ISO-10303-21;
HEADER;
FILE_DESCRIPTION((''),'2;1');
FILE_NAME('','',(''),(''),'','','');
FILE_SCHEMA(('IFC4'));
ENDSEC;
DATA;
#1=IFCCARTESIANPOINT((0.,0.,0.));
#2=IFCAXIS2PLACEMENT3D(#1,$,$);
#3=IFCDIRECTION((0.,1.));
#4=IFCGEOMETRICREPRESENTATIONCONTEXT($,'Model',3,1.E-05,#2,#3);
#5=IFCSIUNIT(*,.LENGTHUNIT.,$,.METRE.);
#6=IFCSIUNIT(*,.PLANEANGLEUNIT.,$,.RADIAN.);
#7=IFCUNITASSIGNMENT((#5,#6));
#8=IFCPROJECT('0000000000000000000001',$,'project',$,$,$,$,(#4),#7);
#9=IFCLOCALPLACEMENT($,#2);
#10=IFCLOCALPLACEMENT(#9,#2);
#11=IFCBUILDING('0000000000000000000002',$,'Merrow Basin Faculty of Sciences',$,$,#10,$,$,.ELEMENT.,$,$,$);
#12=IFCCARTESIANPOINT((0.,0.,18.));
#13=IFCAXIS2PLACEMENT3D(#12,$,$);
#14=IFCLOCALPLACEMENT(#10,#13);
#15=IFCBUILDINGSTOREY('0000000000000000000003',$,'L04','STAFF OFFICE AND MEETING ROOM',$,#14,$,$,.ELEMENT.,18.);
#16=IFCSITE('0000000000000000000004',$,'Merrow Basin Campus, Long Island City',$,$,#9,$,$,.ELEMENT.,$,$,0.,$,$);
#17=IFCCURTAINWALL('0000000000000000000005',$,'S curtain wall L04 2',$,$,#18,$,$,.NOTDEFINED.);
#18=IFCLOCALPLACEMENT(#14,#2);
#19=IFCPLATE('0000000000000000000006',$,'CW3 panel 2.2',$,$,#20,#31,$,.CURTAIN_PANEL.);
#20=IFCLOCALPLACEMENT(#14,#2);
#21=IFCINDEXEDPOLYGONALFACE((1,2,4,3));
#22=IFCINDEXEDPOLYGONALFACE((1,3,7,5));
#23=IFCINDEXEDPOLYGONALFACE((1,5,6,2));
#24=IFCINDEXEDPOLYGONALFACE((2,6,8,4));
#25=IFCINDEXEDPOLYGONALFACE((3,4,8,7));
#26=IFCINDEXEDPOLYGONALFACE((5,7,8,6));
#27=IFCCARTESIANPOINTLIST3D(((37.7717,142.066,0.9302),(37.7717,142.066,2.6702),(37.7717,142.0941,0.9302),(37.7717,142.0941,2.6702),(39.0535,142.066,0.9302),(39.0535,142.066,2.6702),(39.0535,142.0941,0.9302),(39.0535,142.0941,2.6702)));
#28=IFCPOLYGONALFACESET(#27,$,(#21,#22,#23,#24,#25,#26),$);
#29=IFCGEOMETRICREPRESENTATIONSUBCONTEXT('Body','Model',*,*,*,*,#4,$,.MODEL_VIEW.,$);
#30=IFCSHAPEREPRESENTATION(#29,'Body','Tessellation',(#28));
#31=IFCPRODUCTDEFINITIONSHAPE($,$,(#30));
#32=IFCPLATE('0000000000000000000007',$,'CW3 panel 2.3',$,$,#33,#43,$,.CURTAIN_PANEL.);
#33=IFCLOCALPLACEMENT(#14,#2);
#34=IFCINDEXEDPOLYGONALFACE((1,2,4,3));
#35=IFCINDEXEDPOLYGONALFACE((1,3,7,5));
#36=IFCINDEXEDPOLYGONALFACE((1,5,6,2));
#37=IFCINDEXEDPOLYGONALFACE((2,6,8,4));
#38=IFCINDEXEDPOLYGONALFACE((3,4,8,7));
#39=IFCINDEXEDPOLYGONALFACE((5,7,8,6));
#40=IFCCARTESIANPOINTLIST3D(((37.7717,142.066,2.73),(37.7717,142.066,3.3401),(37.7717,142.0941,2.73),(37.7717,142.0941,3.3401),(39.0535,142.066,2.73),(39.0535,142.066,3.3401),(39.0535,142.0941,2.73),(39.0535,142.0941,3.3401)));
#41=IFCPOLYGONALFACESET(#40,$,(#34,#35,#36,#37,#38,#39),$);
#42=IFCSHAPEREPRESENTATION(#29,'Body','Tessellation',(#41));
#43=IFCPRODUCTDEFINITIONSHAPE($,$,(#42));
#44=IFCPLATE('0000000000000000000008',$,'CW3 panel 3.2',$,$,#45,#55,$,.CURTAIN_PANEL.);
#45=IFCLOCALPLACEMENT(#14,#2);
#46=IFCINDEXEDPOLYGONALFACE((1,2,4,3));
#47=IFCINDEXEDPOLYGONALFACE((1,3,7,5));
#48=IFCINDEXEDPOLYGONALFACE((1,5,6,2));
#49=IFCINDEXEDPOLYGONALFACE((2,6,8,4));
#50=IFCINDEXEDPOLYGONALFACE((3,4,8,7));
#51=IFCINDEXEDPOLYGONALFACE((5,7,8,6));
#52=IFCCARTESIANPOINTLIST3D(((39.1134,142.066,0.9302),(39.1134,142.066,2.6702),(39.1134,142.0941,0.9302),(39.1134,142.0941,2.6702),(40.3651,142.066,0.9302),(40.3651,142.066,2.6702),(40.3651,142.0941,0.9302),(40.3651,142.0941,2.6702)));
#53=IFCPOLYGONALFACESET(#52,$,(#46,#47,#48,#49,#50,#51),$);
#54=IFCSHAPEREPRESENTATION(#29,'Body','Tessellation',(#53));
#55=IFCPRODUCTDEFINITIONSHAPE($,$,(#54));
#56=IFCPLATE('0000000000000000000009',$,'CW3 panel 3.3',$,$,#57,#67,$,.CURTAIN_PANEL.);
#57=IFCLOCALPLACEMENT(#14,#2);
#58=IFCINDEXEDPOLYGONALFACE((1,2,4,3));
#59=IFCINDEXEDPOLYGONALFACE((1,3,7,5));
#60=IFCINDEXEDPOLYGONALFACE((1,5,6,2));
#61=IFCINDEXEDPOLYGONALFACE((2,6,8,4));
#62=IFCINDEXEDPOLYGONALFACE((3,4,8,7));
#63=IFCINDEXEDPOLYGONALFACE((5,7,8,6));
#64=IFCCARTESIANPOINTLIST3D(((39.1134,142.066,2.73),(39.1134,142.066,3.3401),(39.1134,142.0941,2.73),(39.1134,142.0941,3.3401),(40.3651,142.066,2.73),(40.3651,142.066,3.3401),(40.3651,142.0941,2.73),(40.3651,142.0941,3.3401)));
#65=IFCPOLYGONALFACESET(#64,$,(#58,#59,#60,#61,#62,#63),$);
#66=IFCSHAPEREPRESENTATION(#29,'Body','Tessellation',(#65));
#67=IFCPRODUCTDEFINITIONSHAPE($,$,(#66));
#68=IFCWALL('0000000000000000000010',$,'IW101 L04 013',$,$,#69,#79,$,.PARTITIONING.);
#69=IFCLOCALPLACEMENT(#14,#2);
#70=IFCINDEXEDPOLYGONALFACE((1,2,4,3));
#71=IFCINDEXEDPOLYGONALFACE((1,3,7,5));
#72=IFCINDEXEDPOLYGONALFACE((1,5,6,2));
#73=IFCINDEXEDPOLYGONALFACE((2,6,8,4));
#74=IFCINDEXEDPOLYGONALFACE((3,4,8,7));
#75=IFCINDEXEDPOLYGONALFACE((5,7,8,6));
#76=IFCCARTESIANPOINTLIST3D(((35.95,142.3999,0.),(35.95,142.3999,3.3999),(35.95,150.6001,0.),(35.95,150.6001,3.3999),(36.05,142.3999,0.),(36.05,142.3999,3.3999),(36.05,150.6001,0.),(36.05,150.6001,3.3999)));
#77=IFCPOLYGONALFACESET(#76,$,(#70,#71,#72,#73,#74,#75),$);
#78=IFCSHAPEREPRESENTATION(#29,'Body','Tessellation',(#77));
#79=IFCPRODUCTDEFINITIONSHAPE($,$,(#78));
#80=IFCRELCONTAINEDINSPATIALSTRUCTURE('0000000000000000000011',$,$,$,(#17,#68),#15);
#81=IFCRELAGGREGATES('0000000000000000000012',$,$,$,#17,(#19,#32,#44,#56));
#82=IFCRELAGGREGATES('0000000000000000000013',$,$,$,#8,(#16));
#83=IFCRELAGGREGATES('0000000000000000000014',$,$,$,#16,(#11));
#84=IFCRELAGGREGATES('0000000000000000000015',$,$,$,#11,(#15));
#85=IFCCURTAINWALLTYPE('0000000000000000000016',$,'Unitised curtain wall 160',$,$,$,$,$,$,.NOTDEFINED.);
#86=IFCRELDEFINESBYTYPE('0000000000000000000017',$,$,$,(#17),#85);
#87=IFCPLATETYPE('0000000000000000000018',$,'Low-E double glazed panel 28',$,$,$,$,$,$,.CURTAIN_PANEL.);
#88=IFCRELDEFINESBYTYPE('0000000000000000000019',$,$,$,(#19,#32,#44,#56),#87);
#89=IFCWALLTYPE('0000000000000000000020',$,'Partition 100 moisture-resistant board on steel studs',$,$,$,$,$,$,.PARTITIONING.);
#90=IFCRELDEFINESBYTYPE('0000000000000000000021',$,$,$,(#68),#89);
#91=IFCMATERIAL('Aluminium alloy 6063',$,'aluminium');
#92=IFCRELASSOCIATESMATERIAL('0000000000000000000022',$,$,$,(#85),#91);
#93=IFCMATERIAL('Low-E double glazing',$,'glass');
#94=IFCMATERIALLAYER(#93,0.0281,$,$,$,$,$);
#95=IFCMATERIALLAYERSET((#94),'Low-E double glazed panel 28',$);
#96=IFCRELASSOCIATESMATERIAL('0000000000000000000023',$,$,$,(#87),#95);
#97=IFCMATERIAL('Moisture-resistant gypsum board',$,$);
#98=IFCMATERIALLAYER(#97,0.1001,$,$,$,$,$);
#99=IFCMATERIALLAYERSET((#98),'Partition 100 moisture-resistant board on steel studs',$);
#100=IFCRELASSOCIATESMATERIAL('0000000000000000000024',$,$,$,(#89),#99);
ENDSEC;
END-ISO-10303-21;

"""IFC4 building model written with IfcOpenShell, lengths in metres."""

from ifc_helpers import new_model, si_unit, direction, frame, frame_2d, origin, origin_2d, place, context, subcontext, project, spatial, rectangle, extrude, material, layer, layer_set, type_object, element, aggregate, save


model = new_model("IFC4")

# Units and contexts
model_context = context("Model", 3, precision=1e-05, world=origin(), true_north=direction((0.0, 1.0)))
body_context = subcontext(model_context, "Body", "Model", "MODEL_VIEW")
ifc_project = project(units=[si_unit("LENGTHUNIT", "METRE"), si_unit("PLANEANGLEUNIT", "RADIAN")], contexts=[model_context])

# Site, building, storey
site_placement = place(None, origin())
site = spatial("IfcSite", under=ifc_project, at=site_placement, Name="Merrow Basin Campus, Long Island City", CompositionType="ELEMENT", RefElevation=0.0)
building_placement = place(site_placement, origin())
building = spatial("IfcBuilding", under=site, at=building_placement, Name="Merrow Basin Faculty of Sciences", CompositionType="ELEMENT")
storey_placement = place(building_placement, frame((0.0, 0.0, 18.0)))
storey = spatial("IfcBuildingStorey", under=building, at=storey_placement, Name="L04", Description="STAFF OFFICE AND MEETING ROOM", CompositionType="ELEMENT", Elevation=18.0)

# Curtain wall
ifc_material_1 = material(Name="Aluminium alloy 6063", Category="aluminium")
curtain_wall_type = type_object("IfcCurtainWallType", Name="Unitised curtain wall 160", PredefinedType="NOTDEFINED", material=ifc_material_1)
curtain_wall_1_placement = place(storey_placement, origin())
curtain_wall_1 = element("IfcCurtainWall", 1, at=curtain_wall_1_placement, inside=storey, type_object=curtain_wall_type, Name="S curtain wall L04 2", PredefinedType="NOTDEFINED")

# Plates
ifc_material_2 = material(Name="Low-E double glazing", Category="glass")
ifc_layer_1 = layer(ifc_material_2, 0.0281)
ifc_layer_set_1 = layer_set([ifc_layer_1], Name="Low-E double glazed panel 28")
plate_type_1 = type_object("IfcPlateType", Name="Low-E double glazed panel 28", PredefinedType="CURTAIN_PANEL", material=ifc_layer_set_1)
plate_1_placement = place(storey_placement, frame((38.4126, 142.0801, 0.9302), z_axis=(0.0, 0.0, 1.0), x_axis=(1.0, 0.0, 0.0)))
plate_1 = element("IfcPlate", 2, at=plate_1_placement, type_object=plate_type_1, Name="CW3 panel 2.2", PredefinedType="CURTAIN_PANEL", context=body_context, shape_type="SweptSolid", body=[
    extrude(rectangle(XDim=1.2817, YDim=0.0281, at=origin_2d()), origin(), (0.0, 0.0, 1.0), 1.74),
])
plate_2_placement = place(storey_placement, frame((38.4126, 142.0801, 2.73), z_axis=(0.0, 0.0, 1.0), x_axis=(1.0, 0.0, 0.0)))
plate_2 = element("IfcPlate", 3, at=plate_2_placement, type_object=plate_type_1, Name="CW3 panel 2.3", PredefinedType="CURTAIN_PANEL", context=body_context, shape_type="SweptSolid", body=[
    extrude(rectangle(XDim=1.2817, YDim=0.0281, at=origin_2d()), origin(), (0.0, 0.0, 1.0), 0.6101),
])
plate_3_placement = place(storey_placement, frame((39.7393, 142.0801, 0.9302), z_axis=(0.0, 0.0, 1.0), x_axis=(1.0, 0.0, 0.0)))
plate_3 = element("IfcPlate", 4, at=plate_3_placement, type_object=plate_type_1, Name="CW3 panel 3.2", PredefinedType="CURTAIN_PANEL", context=body_context, shape_type="SweptSolid", body=[
    extrude(rectangle(XDim=1.2517, YDim=0.0281, at=origin_2d()), origin(), (0.0, 0.0, 1.0), 1.74),
])
plate_4_placement = place(storey_placement, frame((39.7393, 142.0801, 2.73), z_axis=(0.0, 0.0, 1.0), x_axis=(1.0, 0.0, 0.0)))
plate_4 = element("IfcPlate", 5, at=plate_4_placement, type_object=plate_type_1, Name="CW3 panel 3.3", PredefinedType="CURTAIN_PANEL", context=body_context, shape_type="SweptSolid", body=[
    extrude(rectangle(XDim=1.2517, YDim=0.0281, at=origin_2d()), origin(), (0.0, 0.0, 1.0), 0.6101),
])
aggregate(curtain_wall_1, [plate_1, plate_2, plate_3, plate_4])

# Wall
ifc_material_3 = material(Name="Moisture-resistant gypsum board")
ifc_layer_2 = layer(ifc_material_3, 0.1001)
ifc_layer_set_2 = layer_set([ifc_layer_2], Name="Partition 100 moisture-resistant board on steel studs")
wall_type = type_object("IfcWallType", Name="Partition 100 moisture-resistant board on steel studs", PredefinedType="PARTITIONING", material=ifc_layer_set_2)
wall_placement = place(storey_placement, frame((36.0, 142.3999, 0.0), z_axis=(0.0, 0.0, 1.0), x_axis=(0.0, 1.0, 0.0)))
element("IfcWall", 6, at=wall_placement, inside=storey, type_object=wall_type, Name="IW101 L04 013", PredefinedType="PARTITIONING", context=body_context, shape_type="SweptSolid", body=[
    extrude(rectangle(XDim=8.2002, YDim=0.1001, at=frame_2d((4.1001, 0.0))), origin(), (0.0, 0.0, 1.0), 3.3999),
])

save(model, "model.ifc")
